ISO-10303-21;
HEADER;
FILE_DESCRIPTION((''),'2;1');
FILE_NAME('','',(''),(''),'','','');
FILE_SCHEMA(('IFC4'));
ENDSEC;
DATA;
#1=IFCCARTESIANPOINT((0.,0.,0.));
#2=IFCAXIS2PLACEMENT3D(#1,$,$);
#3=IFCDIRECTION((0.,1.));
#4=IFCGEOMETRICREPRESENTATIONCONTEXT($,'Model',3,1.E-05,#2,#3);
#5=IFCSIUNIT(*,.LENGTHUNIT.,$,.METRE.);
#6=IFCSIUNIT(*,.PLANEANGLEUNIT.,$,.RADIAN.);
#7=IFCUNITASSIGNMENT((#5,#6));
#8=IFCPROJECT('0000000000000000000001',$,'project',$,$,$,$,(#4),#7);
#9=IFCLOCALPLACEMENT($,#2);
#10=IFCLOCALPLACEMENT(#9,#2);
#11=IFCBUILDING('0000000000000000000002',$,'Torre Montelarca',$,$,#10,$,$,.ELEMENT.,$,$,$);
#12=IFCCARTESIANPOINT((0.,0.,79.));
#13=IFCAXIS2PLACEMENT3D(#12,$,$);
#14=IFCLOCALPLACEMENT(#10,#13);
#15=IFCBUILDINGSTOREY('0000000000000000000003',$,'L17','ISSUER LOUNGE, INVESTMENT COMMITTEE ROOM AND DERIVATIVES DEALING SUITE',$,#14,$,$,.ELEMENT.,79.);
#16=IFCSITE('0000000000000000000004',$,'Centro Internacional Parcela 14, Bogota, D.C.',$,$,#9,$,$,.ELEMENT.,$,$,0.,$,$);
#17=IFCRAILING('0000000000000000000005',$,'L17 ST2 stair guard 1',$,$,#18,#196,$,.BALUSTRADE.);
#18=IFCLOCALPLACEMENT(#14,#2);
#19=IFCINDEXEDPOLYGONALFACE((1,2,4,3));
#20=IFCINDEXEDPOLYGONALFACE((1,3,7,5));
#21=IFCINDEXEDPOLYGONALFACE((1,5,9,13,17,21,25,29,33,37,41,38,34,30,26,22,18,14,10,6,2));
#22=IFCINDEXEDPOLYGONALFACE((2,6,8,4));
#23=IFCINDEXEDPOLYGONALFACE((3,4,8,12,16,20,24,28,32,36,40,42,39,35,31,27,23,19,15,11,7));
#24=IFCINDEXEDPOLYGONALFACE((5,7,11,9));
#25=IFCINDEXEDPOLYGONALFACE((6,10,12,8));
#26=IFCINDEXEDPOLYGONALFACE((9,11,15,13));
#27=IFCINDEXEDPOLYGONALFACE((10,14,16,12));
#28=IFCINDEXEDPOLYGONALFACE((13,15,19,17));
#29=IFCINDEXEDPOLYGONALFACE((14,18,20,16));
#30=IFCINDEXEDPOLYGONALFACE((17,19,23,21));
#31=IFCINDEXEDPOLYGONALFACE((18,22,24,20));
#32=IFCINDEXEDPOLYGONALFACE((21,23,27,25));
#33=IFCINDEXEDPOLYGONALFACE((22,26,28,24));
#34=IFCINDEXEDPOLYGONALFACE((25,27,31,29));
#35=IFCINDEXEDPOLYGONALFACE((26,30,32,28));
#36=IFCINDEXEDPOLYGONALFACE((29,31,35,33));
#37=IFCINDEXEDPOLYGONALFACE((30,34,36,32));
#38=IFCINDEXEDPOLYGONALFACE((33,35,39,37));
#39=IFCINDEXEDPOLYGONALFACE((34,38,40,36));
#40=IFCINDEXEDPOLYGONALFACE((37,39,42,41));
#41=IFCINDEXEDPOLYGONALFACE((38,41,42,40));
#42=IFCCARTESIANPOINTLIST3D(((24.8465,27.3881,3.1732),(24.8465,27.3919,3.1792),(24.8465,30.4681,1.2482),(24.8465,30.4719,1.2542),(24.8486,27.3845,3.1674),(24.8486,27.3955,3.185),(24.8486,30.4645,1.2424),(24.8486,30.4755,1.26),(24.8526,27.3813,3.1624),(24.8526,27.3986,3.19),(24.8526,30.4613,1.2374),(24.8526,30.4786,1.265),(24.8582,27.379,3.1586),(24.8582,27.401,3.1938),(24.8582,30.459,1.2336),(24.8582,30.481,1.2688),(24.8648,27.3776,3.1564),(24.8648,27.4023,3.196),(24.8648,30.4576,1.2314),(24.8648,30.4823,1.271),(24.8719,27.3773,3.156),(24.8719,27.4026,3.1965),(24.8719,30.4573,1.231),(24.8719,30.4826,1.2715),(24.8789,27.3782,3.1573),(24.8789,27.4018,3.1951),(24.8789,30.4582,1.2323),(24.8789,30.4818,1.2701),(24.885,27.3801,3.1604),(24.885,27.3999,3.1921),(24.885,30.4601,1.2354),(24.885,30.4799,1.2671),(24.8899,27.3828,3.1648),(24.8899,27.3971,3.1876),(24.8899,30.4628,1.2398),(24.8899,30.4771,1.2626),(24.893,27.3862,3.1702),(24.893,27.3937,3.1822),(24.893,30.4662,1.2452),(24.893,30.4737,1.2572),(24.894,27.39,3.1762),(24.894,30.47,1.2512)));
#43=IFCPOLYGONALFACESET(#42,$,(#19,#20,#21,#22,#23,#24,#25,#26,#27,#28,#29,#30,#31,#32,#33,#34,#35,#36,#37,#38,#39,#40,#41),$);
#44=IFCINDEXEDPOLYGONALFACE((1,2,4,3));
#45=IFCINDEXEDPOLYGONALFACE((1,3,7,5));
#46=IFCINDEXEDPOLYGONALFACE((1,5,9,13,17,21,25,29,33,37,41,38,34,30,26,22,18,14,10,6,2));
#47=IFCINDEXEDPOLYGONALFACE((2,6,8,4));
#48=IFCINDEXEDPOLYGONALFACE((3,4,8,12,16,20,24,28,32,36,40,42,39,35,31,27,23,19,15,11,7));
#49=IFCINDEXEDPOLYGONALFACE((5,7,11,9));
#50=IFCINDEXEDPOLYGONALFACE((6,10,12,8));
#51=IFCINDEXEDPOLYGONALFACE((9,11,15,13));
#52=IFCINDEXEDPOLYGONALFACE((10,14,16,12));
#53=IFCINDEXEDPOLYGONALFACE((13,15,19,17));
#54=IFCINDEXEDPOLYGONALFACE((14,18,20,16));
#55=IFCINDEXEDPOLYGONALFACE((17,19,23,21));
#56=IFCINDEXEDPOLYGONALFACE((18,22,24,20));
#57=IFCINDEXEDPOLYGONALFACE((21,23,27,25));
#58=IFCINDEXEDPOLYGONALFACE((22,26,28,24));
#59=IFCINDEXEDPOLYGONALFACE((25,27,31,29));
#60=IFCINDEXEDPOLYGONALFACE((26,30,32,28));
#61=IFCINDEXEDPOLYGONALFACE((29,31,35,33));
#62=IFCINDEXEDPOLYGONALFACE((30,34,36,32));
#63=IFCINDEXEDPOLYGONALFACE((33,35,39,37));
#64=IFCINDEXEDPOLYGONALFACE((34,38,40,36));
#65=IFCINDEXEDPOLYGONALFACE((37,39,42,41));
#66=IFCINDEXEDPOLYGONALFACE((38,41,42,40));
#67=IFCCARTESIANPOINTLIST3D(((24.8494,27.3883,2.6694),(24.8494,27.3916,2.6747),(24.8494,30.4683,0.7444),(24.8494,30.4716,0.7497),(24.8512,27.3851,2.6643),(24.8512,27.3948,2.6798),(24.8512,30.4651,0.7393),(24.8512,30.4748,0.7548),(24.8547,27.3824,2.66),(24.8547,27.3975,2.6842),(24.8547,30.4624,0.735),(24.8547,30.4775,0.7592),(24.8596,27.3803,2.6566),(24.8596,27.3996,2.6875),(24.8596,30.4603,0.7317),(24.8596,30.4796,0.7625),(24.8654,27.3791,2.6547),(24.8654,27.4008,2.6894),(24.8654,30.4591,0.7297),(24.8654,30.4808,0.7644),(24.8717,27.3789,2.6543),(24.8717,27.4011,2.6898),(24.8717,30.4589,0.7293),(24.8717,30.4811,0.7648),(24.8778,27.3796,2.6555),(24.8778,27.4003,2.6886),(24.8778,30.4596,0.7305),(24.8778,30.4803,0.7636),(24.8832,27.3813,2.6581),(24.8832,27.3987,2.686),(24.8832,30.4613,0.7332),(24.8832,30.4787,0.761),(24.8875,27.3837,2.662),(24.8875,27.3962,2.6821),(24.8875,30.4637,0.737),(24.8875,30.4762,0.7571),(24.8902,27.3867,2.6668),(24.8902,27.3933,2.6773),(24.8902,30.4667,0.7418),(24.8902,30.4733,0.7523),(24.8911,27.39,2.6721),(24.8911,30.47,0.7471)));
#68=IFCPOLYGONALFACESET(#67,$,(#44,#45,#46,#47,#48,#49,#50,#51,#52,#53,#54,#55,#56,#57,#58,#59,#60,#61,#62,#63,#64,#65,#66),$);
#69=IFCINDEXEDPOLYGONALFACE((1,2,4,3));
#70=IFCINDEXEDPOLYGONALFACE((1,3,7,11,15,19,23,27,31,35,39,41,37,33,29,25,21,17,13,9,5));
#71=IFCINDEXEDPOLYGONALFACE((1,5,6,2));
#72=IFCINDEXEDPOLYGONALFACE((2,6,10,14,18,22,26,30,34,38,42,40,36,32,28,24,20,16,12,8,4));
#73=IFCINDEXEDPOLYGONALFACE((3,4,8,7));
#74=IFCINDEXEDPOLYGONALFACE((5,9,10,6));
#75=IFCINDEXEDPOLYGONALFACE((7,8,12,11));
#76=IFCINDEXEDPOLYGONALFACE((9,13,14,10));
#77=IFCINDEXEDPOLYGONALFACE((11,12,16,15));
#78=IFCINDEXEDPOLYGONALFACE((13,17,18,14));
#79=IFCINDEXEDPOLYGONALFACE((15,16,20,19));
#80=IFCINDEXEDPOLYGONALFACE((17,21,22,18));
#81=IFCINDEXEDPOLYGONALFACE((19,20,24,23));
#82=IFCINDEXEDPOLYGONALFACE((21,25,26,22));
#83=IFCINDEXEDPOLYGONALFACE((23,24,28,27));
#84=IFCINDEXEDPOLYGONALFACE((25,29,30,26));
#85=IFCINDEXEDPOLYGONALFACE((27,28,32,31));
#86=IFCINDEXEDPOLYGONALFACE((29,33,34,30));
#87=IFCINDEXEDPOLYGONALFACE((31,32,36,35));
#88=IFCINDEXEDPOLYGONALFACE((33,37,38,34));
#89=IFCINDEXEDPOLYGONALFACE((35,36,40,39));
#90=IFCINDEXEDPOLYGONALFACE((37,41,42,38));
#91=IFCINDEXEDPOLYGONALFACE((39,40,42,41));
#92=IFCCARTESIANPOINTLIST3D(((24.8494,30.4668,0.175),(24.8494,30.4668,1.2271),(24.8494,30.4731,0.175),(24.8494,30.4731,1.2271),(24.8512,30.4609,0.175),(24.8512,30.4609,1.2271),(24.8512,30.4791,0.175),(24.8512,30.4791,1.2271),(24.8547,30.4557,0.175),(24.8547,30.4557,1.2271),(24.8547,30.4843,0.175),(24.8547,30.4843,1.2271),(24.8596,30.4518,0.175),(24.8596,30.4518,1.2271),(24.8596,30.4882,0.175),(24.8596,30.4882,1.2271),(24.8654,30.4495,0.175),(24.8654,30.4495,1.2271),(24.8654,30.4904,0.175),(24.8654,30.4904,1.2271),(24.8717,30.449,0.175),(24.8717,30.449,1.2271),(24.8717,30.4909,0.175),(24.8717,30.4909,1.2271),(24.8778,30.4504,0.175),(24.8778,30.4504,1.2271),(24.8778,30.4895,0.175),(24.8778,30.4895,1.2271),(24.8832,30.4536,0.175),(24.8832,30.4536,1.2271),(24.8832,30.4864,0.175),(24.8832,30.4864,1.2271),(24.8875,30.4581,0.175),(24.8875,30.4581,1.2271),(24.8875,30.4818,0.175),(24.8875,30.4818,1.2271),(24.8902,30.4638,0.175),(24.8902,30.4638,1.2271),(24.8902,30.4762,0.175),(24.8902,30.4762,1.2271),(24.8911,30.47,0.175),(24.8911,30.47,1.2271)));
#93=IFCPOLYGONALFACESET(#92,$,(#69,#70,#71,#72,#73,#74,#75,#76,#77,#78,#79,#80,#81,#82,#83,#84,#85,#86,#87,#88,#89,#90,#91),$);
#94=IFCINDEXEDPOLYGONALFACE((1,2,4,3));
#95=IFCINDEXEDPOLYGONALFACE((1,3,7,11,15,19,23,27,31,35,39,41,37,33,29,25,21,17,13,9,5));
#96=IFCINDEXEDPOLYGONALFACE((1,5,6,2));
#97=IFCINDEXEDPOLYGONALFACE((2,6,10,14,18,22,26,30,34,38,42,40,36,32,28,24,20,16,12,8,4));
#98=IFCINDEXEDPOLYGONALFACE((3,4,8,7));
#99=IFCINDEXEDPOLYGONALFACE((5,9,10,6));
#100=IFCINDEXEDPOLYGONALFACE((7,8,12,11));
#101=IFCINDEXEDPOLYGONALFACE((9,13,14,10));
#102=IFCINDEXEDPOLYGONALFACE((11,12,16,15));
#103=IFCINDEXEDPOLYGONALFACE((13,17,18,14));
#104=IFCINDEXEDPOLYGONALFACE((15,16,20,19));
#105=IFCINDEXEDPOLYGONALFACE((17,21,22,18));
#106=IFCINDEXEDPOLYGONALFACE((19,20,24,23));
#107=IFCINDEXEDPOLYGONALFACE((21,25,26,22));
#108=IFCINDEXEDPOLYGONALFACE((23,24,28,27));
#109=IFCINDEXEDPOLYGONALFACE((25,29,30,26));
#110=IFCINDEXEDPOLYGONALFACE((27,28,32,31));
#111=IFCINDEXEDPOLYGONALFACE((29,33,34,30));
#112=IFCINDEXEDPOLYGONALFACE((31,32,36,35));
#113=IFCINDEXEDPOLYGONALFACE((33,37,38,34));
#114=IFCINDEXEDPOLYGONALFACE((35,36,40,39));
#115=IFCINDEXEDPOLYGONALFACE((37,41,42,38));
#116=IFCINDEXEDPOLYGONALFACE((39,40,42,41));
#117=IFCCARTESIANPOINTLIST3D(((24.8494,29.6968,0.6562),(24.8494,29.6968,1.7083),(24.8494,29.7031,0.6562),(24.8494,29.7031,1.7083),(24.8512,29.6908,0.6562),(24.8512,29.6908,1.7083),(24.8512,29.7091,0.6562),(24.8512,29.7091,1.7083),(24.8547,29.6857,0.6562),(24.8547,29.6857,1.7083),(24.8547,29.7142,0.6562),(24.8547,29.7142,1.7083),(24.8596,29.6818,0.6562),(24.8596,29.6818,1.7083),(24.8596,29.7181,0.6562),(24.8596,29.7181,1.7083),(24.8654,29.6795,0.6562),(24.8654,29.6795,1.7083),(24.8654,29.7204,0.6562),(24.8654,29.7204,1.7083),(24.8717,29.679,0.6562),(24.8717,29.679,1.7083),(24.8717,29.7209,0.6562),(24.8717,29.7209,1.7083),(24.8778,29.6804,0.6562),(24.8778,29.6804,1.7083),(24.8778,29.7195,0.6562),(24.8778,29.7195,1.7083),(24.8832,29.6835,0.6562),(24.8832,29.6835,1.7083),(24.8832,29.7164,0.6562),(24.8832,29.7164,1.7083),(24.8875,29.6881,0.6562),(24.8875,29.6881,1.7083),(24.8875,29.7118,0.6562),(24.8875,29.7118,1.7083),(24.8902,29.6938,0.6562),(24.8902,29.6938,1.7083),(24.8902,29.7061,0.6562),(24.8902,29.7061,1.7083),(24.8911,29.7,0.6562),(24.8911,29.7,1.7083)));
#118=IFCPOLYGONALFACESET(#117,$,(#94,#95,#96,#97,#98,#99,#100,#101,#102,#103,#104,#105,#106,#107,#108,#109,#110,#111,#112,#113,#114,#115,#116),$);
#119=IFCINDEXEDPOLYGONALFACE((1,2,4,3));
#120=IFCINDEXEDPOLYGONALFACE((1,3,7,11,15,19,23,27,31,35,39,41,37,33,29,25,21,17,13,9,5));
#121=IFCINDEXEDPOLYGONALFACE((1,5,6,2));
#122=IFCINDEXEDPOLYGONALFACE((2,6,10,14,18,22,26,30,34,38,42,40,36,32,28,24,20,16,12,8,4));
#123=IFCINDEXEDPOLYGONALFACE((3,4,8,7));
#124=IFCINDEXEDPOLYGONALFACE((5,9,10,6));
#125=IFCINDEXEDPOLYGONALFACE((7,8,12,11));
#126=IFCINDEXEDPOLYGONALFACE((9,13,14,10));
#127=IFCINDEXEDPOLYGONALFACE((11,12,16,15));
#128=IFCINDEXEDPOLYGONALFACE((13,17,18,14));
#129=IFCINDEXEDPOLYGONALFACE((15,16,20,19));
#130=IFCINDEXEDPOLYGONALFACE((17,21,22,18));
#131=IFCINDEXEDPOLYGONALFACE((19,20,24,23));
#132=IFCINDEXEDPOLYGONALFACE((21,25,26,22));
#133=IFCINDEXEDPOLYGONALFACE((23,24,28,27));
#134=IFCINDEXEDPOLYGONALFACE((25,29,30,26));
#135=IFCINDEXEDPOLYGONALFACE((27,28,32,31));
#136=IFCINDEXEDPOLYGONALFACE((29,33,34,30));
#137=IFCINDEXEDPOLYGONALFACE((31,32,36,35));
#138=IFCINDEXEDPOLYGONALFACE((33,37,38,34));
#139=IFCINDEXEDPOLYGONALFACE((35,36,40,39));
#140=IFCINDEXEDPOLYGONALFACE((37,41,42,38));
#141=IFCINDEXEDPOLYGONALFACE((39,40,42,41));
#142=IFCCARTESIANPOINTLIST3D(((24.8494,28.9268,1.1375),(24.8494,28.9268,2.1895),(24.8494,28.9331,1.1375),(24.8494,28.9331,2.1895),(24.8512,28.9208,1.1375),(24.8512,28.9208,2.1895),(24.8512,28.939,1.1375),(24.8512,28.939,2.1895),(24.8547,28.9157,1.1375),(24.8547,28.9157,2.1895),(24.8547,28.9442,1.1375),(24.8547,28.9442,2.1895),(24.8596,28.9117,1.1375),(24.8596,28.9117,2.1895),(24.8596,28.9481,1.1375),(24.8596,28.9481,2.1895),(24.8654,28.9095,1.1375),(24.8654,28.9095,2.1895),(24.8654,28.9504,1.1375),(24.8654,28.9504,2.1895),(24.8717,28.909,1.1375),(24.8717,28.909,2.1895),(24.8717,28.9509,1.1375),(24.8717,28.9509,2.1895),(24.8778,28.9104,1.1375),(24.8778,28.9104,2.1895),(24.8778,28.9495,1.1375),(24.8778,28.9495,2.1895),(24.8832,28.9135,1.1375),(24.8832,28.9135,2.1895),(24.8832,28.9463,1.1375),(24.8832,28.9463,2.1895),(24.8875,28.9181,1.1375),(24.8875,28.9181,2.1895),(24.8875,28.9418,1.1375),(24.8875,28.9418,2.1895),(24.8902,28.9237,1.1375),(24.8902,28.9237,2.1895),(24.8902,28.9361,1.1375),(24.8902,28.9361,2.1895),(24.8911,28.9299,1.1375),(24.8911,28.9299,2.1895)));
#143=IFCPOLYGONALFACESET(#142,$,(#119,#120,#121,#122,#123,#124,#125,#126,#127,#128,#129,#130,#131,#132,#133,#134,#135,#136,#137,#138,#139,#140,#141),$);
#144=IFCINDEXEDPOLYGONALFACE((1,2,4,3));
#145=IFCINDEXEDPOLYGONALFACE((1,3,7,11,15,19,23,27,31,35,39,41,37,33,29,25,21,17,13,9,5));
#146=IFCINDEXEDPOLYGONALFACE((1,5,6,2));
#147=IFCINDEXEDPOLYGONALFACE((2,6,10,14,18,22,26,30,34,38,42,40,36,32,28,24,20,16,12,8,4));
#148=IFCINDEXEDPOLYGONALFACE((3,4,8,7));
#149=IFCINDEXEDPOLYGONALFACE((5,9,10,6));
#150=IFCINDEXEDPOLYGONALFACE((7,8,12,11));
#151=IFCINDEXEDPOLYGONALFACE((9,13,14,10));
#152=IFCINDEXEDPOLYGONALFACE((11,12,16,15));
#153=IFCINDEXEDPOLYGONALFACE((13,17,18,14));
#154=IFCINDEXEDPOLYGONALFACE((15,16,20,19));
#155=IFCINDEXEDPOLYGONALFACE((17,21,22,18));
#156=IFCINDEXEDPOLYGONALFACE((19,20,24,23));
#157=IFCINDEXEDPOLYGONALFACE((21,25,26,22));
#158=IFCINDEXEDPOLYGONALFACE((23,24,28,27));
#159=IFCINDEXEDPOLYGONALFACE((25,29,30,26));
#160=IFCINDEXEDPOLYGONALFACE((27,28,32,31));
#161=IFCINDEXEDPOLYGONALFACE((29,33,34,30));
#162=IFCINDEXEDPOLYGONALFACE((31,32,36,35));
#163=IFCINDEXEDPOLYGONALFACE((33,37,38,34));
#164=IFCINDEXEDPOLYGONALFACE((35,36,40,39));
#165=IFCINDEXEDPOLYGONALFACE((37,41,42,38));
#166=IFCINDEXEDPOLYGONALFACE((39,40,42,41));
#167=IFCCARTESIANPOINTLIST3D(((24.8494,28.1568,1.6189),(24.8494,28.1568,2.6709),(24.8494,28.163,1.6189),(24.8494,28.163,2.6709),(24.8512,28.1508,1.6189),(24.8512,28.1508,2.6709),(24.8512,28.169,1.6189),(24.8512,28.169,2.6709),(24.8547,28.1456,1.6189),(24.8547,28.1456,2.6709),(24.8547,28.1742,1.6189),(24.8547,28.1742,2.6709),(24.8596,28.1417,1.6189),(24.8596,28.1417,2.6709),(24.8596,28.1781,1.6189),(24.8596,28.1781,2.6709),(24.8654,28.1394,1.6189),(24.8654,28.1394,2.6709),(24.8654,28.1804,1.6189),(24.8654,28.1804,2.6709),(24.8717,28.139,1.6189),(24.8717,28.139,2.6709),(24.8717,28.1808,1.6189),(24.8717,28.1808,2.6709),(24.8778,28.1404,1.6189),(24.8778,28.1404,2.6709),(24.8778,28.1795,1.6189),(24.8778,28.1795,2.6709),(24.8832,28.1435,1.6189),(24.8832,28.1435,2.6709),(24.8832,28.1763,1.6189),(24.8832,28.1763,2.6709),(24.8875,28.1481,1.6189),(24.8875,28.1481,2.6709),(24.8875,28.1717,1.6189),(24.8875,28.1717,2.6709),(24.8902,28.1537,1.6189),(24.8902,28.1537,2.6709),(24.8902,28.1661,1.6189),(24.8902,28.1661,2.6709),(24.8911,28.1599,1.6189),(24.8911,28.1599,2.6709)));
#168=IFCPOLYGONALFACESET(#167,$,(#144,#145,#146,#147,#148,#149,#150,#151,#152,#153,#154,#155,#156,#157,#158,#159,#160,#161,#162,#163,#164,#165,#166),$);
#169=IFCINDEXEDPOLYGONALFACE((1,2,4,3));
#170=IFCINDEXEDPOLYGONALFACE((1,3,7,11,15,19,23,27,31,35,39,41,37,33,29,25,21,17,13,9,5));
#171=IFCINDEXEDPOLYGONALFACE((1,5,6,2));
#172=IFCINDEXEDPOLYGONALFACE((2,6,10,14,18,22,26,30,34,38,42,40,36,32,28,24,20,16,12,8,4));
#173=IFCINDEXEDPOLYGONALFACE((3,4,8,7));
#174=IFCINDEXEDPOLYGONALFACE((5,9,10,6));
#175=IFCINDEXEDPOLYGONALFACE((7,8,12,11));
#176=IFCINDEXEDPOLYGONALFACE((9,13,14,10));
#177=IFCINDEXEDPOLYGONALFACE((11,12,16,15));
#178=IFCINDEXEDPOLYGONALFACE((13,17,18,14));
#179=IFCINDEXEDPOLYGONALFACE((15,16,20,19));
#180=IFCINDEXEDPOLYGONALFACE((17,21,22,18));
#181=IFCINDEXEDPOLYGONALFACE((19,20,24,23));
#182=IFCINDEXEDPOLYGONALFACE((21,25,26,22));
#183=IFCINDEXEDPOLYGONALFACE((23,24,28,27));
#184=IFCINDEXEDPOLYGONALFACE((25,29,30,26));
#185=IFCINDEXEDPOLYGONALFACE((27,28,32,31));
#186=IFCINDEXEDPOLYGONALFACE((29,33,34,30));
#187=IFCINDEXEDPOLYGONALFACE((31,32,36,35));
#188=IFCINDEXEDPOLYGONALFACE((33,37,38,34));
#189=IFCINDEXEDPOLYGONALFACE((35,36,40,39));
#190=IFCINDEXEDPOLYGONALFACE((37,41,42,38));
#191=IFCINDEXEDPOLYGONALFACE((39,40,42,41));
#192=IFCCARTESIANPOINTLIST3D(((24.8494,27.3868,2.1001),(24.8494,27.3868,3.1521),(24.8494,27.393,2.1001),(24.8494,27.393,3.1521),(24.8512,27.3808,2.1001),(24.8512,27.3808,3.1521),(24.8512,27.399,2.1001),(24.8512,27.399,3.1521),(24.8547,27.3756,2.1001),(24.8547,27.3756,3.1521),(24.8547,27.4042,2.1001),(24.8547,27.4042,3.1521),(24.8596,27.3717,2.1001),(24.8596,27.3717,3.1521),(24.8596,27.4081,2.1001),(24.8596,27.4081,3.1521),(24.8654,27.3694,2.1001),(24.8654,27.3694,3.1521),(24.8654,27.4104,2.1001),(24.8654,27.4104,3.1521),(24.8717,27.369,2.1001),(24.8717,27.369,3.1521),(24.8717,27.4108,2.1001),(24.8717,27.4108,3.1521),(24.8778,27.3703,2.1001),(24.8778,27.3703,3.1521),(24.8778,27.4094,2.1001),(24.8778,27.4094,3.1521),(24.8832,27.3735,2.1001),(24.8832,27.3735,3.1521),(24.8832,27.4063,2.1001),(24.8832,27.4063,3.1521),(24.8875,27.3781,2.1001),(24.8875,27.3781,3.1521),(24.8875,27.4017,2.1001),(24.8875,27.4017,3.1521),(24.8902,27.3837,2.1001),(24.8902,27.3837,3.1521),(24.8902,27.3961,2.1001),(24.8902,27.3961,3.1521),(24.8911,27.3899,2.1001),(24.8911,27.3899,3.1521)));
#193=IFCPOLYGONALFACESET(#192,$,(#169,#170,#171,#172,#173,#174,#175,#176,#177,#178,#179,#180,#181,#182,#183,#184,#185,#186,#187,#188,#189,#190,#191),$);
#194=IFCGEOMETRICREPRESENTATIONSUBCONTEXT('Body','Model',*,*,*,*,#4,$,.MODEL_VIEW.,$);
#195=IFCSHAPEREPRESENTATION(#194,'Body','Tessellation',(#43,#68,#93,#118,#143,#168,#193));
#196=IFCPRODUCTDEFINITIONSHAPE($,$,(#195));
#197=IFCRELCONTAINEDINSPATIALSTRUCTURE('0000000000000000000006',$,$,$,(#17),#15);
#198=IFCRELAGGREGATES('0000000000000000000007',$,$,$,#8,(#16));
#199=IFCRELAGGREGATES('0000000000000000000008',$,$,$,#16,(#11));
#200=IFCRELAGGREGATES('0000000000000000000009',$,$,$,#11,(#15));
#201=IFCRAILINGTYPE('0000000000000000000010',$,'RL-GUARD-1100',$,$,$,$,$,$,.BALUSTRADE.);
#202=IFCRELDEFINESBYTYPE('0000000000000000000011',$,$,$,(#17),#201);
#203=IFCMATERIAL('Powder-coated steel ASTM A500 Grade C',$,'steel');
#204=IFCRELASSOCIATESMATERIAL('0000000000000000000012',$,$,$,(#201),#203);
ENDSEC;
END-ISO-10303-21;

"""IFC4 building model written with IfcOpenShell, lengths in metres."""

from ifc_helpers import new_model, si_unit, direction, frame, origin, origin_2d, place, context, subcontext, project, spatial, circle, extrude, material, type_object, element, save


model = new_model("IFC4")

# Units and contexts
model_context = context("Model", 3, precision=1e-05, world=origin(), true_north=direction((0.0, 1.0)))
body_context = subcontext(model_context, "Body", "Model", "MODEL_VIEW")
ifc_project = project(units=[si_unit("LENGTHUNIT", "METRE"), si_unit("PLANEANGLEUNIT", "RADIAN")], contexts=[model_context])

# Site, building, storey
site_placement = place(None, origin())
site = spatial("IfcSite", under=ifc_project, at=site_placement, Name="Centro Internacional Parcela 14, Bogota, D.C.", CompositionType="ELEMENT", RefElevation=0.0)
building_placement = place(site_placement, origin())
building = spatial("IfcBuilding", under=site, at=building_placement, Name="Torre Montelarca", CompositionType="ELEMENT")
storey_placement = place(building_placement, frame((0.0, 0.0, 79.0)))
storey = spatial("IfcBuildingStorey", under=building, at=storey_placement, Name="L17", Description="ISSUER LOUNGE, INVESTMENT COMMITTEE ROOM AND DERIVATIVES DEALING SUITE", CompositionType="ELEMENT", Elevation=79.0)

# Railing
ifc_material_1 = material(Name="Powder-coated steel ASTM A500 Grade C", Category="steel")
railing_type_1 = type_object("IfcRailingType", Name="RL-GUARD-1100", PredefinedType="BALUSTRADE", material=ifc_material_1)
railing_1_placement = place(storey_placement, frame((24.8701, 30.47, 0.175)))
element("IfcRailing", 1, at=railing_1_placement, inside=storey, type_object=railing_type_1, Name="L17 ST2 stair guard 1", PredefinedType="BALUSTRADE", context=body_context, shape_type="SweptSolid", body=[
    extrude(circle(Radius=0.0239, at=origin_2d()), frame((0.0, 0.0, 1.0762), z_axis=(0.0, -0.847998, 0.529999), x_axis=(1.0, 0.0, 0.0)), (0.0, 0.0, 1.0), 3.6321),
    extrude(circle(Radius=0.021, at=origin_2d()), frame((0.0, 0.0, 0.572), z_axis=(0.0, -0.847998, 0.529999), x_axis=(1.0, 0.0, 0.0)), (0.0, 0.0, 1.0), 3.6321),
    extrude(circle(Radius=0.021, at=origin_2d()), origin(), (0.0, 0.0, 1.0), 1.052),
    extrude(circle(Radius=0.021, at=origin_2d()), frame((0.0, -0.77, 0.4812)), (0.0, 0.0, 1.0), 1.052),
    extrude(circle(Radius=0.021, at=origin_2d()), frame((0.0, -1.54, 0.9624)), (0.0, 0.0, 1.0), 1.052),
    extrude(circle(Radius=0.021, at=origin_2d()), frame((0.0, -2.3101, 1.4438)), (0.0, 0.0, 1.0), 1.052),
    extrude(circle(Radius=0.021, at=origin_2d()), frame((0.0, -3.0801, 1.925)), (0.0, 0.0, 1.0), 1.052),
])

save(model, "model.ifc")
